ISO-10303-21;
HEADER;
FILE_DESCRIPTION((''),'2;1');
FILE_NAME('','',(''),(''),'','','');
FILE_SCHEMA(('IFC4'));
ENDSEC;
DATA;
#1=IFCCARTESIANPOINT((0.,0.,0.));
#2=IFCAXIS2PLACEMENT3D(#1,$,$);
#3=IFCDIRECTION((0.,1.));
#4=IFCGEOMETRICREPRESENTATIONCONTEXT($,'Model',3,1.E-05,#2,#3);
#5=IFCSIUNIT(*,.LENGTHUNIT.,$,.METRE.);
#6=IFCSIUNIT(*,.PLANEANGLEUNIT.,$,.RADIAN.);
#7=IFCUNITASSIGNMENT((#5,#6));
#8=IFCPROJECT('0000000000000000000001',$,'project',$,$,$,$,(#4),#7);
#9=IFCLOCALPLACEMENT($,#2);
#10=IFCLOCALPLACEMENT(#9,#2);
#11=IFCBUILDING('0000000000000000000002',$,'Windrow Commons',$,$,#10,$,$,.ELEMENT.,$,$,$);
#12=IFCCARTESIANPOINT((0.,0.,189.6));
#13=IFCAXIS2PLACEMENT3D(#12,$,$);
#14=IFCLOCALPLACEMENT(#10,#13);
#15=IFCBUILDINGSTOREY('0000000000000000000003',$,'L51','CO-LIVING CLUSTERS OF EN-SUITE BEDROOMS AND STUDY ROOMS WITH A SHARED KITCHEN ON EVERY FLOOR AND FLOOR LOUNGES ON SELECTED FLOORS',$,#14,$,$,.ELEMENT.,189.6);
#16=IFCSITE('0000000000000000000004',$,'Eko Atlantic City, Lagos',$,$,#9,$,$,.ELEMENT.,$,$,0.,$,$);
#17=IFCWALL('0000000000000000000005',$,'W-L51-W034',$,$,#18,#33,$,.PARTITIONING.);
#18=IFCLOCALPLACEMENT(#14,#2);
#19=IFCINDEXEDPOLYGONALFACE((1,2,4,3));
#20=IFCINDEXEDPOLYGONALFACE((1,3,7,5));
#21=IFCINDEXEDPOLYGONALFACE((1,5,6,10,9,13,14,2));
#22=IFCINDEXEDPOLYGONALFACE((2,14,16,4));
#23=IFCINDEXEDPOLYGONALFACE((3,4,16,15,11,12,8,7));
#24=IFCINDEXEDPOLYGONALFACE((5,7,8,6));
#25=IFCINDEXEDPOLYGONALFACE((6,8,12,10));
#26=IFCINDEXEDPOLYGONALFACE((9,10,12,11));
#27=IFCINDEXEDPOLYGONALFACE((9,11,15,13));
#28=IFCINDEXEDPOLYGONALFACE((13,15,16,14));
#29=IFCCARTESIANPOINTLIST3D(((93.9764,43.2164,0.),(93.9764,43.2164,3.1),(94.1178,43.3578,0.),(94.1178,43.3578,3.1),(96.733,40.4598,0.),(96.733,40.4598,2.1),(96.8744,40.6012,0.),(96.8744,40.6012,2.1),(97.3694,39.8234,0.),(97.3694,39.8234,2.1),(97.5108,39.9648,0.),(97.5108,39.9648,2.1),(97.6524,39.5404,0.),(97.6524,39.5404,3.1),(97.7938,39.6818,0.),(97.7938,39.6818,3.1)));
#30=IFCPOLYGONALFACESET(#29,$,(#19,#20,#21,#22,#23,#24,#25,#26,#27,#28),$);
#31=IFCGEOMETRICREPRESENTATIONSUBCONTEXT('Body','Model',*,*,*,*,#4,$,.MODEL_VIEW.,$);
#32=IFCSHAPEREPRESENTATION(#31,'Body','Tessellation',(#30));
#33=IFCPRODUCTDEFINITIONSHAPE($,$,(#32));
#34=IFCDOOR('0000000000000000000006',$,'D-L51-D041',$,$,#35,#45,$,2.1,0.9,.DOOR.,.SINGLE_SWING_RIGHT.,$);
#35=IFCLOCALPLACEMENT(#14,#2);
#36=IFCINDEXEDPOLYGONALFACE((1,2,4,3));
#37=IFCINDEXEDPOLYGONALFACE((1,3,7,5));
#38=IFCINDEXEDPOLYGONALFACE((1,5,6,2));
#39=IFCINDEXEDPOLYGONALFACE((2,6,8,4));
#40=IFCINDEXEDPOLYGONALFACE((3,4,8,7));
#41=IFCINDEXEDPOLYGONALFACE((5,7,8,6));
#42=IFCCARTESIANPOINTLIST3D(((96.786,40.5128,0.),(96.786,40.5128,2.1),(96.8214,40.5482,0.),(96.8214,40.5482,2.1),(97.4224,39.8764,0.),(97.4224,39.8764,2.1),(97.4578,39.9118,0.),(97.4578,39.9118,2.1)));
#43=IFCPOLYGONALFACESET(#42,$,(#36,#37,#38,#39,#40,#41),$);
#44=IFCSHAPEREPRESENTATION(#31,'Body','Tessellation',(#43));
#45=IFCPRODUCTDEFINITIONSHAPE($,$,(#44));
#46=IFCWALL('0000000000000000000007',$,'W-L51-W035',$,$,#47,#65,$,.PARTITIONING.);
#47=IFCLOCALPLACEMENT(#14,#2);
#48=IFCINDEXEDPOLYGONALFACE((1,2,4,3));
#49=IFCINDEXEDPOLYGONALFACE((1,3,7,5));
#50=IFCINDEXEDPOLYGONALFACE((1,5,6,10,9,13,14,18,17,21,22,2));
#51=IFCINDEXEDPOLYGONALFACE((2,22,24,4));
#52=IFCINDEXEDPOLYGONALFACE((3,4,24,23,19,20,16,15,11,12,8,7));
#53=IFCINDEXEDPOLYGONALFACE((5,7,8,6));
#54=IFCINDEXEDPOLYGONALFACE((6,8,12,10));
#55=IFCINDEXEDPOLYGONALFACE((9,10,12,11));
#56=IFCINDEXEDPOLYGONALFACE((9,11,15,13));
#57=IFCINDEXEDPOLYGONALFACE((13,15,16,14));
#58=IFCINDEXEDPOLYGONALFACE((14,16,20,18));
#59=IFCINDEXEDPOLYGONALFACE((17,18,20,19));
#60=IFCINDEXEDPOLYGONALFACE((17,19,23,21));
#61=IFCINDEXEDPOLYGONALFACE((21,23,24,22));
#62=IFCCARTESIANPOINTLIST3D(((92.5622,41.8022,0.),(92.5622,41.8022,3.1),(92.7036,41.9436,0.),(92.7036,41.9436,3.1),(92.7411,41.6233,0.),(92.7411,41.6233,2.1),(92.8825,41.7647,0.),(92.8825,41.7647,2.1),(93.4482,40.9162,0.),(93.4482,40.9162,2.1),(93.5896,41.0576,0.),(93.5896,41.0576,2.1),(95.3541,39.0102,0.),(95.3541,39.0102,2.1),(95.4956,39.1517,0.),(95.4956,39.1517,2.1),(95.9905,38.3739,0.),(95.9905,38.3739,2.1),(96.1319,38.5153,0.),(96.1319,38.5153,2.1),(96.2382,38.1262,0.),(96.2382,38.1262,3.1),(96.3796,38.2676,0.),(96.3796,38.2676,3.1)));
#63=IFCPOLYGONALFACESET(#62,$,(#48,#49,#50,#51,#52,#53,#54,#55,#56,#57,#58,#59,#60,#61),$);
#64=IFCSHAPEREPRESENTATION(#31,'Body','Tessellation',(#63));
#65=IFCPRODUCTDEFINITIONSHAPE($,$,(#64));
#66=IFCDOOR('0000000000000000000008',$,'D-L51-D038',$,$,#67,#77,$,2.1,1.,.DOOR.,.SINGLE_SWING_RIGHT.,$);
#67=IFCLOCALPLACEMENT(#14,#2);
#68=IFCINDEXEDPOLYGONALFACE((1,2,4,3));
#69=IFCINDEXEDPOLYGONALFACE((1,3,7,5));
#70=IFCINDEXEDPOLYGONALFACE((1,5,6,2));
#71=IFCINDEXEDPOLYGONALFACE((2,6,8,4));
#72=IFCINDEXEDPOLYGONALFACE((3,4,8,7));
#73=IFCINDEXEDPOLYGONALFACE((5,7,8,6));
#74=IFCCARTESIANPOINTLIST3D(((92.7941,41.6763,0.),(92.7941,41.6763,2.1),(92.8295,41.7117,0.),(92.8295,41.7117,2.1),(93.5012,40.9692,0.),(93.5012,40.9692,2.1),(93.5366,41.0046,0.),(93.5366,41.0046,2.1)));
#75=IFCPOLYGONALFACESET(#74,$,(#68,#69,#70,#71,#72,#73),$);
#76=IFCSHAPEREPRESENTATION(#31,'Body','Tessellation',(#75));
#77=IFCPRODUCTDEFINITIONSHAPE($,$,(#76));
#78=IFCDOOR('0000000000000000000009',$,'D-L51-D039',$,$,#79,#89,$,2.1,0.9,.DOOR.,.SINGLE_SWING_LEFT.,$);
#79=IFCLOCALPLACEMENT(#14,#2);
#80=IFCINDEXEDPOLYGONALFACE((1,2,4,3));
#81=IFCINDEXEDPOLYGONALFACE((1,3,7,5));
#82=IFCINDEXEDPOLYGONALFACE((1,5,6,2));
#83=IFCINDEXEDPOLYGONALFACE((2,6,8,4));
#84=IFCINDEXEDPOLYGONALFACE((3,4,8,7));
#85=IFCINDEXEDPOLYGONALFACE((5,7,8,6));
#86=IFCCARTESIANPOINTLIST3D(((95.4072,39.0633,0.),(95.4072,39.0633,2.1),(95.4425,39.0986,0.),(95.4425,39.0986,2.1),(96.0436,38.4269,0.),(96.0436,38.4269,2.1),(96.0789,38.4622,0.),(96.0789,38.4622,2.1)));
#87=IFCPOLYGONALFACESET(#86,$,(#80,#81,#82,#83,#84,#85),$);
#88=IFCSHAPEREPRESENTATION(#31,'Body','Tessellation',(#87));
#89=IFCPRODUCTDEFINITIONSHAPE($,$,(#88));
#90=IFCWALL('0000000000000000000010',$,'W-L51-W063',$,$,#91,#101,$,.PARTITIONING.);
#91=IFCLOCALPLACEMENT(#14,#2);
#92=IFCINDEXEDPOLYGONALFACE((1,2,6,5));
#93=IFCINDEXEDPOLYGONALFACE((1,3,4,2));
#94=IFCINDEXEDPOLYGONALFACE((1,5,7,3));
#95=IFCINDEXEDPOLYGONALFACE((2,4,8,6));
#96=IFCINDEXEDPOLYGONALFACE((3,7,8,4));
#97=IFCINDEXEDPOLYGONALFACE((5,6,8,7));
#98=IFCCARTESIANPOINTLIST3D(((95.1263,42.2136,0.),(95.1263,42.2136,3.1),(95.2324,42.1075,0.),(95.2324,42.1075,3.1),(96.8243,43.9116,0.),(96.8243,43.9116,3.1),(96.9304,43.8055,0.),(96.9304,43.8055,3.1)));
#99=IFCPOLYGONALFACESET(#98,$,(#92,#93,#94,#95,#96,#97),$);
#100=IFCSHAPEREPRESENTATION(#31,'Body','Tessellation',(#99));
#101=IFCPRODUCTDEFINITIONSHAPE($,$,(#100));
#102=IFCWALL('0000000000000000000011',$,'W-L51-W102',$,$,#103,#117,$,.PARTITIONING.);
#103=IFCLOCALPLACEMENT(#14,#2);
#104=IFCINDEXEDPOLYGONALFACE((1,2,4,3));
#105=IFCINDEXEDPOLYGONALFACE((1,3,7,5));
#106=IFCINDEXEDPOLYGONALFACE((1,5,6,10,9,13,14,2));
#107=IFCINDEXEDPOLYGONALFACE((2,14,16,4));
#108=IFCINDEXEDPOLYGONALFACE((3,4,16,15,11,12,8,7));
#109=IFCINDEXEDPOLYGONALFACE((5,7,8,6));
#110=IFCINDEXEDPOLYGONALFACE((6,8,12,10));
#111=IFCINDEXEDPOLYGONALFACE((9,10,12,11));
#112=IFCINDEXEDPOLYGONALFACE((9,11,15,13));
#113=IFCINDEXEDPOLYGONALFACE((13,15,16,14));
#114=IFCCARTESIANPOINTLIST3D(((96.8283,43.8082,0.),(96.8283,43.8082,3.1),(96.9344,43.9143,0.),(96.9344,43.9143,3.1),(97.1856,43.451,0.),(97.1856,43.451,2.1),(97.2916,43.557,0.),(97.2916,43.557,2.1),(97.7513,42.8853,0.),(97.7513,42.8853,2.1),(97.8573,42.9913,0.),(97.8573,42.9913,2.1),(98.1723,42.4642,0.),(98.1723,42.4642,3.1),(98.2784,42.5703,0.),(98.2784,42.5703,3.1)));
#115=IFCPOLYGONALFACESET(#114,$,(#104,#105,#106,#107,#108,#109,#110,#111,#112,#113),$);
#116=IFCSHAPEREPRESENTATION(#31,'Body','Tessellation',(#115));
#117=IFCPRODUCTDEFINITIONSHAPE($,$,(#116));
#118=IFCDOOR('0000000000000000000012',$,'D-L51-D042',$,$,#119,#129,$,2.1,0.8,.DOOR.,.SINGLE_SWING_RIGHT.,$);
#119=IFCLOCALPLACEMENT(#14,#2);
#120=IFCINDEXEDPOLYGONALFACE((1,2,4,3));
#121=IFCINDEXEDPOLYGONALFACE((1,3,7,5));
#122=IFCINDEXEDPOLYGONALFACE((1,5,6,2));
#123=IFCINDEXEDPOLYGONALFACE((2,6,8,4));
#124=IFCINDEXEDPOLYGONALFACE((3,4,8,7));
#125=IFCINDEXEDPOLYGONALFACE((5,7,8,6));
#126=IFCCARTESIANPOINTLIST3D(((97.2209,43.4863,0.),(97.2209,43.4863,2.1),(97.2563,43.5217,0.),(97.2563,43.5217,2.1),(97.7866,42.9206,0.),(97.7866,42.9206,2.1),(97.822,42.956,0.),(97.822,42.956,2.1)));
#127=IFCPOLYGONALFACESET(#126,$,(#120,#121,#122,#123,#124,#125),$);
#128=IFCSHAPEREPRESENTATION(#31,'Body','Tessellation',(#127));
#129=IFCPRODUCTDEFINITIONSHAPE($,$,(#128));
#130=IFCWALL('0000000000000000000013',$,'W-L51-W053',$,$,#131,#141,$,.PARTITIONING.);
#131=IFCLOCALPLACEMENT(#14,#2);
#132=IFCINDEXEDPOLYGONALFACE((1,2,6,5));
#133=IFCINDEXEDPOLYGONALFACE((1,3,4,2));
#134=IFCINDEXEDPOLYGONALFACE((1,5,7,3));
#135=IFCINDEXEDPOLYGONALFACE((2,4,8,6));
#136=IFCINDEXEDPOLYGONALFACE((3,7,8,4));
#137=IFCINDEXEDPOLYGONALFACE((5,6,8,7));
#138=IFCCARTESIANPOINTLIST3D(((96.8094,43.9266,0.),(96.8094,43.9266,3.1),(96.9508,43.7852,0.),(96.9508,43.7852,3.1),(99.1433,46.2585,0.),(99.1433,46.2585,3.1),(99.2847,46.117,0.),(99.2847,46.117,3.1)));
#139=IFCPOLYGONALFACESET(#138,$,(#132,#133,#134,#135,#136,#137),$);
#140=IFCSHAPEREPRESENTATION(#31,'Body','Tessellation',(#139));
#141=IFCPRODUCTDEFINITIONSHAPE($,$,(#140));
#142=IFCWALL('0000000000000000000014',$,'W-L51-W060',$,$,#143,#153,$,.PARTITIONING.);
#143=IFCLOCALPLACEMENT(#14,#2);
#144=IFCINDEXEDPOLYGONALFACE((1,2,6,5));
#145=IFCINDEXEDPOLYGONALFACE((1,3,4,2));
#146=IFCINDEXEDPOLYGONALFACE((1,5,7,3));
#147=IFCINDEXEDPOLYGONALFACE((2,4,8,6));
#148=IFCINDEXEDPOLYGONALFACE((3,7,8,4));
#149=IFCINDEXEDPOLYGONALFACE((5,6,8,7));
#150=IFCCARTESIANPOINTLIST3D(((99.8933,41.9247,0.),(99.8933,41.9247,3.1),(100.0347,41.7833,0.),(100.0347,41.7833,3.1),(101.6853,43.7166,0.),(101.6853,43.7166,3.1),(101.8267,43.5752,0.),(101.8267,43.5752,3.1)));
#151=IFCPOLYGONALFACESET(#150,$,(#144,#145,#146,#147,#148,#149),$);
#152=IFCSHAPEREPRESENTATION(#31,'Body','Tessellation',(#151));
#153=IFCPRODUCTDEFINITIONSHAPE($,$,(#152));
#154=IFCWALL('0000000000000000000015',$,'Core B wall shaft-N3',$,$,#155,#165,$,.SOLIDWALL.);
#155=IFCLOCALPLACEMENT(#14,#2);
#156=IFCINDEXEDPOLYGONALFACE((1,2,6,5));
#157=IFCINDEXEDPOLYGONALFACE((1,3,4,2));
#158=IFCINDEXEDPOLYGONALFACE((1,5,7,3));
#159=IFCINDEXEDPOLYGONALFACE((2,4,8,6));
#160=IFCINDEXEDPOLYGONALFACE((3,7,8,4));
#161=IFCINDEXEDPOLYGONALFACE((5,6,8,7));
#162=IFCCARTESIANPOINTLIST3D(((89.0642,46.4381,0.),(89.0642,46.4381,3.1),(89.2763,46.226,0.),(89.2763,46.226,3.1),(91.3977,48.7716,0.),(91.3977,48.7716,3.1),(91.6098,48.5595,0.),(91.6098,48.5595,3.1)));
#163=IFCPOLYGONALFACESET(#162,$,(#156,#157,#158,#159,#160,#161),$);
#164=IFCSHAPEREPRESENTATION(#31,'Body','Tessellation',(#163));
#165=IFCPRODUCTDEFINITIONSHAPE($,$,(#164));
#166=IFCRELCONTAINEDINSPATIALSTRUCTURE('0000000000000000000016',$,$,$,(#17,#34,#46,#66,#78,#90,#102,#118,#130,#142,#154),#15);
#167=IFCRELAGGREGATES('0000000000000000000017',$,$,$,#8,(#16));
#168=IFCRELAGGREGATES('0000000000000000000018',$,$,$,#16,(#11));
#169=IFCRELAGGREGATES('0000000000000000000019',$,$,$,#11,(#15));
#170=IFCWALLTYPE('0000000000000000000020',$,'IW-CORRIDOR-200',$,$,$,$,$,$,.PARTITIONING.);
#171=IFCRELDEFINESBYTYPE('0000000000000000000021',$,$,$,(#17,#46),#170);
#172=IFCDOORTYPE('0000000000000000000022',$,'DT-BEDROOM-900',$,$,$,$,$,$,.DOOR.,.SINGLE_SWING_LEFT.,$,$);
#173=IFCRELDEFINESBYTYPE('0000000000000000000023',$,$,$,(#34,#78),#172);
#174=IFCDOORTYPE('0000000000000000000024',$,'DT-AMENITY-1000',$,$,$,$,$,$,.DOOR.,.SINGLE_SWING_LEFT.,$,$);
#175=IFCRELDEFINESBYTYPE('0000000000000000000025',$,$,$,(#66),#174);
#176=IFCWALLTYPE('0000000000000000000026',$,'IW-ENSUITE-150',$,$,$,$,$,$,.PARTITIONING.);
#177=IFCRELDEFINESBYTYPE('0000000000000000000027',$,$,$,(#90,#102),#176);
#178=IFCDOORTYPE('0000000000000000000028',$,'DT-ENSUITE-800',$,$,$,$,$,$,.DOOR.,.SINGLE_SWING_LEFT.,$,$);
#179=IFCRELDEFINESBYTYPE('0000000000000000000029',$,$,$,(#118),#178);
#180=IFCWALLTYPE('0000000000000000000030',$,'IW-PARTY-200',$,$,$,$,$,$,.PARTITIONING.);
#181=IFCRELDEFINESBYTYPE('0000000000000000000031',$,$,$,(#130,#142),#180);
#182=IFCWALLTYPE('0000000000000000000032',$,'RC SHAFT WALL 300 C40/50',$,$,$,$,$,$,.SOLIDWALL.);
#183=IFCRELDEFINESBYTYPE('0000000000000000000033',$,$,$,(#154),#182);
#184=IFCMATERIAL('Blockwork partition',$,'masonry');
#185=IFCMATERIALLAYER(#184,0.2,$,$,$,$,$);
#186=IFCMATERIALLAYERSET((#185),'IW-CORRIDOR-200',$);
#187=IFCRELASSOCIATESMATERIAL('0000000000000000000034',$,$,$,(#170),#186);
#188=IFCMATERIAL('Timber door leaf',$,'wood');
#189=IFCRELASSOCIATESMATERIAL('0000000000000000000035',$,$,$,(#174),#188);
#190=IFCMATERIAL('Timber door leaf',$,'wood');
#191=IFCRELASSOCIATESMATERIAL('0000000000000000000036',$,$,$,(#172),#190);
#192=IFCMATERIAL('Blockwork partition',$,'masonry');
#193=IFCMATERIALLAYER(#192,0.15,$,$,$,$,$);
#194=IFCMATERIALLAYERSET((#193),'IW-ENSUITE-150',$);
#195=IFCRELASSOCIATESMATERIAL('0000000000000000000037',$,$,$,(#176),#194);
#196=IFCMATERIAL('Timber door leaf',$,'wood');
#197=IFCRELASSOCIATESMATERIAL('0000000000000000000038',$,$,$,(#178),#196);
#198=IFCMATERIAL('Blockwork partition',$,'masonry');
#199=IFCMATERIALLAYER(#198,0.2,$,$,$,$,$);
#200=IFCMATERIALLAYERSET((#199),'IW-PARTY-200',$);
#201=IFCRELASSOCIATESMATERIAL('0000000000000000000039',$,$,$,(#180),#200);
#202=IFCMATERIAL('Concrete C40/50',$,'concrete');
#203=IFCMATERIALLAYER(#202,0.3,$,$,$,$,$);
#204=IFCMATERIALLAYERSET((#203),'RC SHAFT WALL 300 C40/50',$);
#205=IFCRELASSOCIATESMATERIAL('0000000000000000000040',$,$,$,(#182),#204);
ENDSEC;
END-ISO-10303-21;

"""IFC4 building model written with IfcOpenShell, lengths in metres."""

from ifc_helpers import new_model, si_unit, direction, frame, frame_2d, origin, place, context, subcontext, project, spatial, rectangle, extrude, material, layer, layer_set, type_object, element, fill, save


model = new_model("IFC4")

# Units and contexts
model_context = context("Model", 3, precision=1e-05, world=origin(), true_north=direction((0.0, 1.0)))
body_context = subcontext(model_context, "Body", "Model", "MODEL_VIEW")
ifc_project = project(units=[si_unit("LENGTHUNIT", "METRE"), si_unit("PLANEANGLEUNIT", "RADIAN")], contexts=[model_context])

# Site, building, storey
site_placement = place(None, origin())
site = spatial("IfcSite", under=ifc_project, at=site_placement, Name="Eko Atlantic City, Lagos", CompositionType="ELEMENT", RefElevation=0.0)
building_placement = place(site_placement, origin())
building = spatial("IfcBuilding", under=site, at=building_placement, Name="Windrow Commons", CompositionType="ELEMENT")
storey_placement = place(building_placement, frame((0.0, 0.0, 189.6)))
storey = spatial("IfcBuildingStorey", under=building, at=storey_placement, Name="L51", Description="CO-LIVING CLUSTERS OF EN-SUITE BEDROOMS AND STUDY ROOMS WITH A SHARED KITCHEN ON EVERY FLOOR AND FLOOR LOUNGES ON SELECTED FLOORS", CompositionType="ELEMENT", Elevation=189.6)

# Wall, opening, door
ifc_material_1 = material(Name="Blockwork partition", Category="masonry")
ifc_layer_1 = layer(ifc_material_1, 0.2)
ifc_layer_set_1 = layer_set([ifc_layer_1], Name="IW-CORRIDOR-200")
wall_type_1 = type_object("IfcWallType", Name="IW-CORRIDOR-200", PredefinedType="PARTITIONING", material=ifc_layer_set_1)
ifc_material_2 = material(Name="Timber door leaf", Category="wood")
door_type_1 = type_object("IfcDoorType", Name="DT-AMENITY-1000", OperationType="SINGLE_SWING_LEFT", PredefinedType="DOOR", material=ifc_material_2)
wall_1_placement = place(storey_placement, frame((94.0471, 43.2871, 0.0), z_axis=(0.0, 0.0, 1.0), x_axis=(0.707107, -0.707107, 0.0)))
wall_1 = element("IfcWall", 1, at=wall_1_placement, inside=storey, type_object=wall_type_1, Name="W-L51-W034", PredefinedType="PARTITIONING", context=body_context, shape_type="SweptSolid", body=[
    extrude(rectangle(XDim=5.1986, YDim=0.2, at=frame_2d((2.5993, 0.0))), origin(), (0.0, 0.0, 1.0), 3.1),
])
opening_1_placement = place(wall_1_placement, frame((3.8984, 0.0, 0.0)))
opening_1 = element("IfcOpeningElement", 2, at=opening_1_placement, cuts=wall_1, PredefinedType="OPENING", context=body_context, shape_type="SweptSolid", body=[
    extrude(rectangle(XDim=0.9, YDim=2.1, at=frame_2d((0.45, 1.05))), frame((0.0, 0.11, 0.0), z_axis=(0.0, -1.0, 0.0), x_axis=(1.0, 0.0, 0.0)), (0.0, 0.0, 1.0), 0.22),
])
ifc_material_3 = material(Name="Timber door leaf", Category="wood")
door_type_2 = type_object("IfcDoorType", Name="DT-BEDROOM-900", OperationType="SINGLE_SWING_LEFT", PredefinedType="DOOR", material=ifc_material_3)
door_1_placement = place(opening_1_placement, origin())
door_1 = element("IfcDoor", 3, at=door_1_placement, inside=storey, type_object=door_type_2, Name="D-L51-D041", OperationType="SINGLE_SWING_RIGHT", OverallHeight=2.1, OverallWidth=0.9, PredefinedType="DOOR", context=body_context, shape_type="SweptSolid", body=[
    extrude(rectangle(XDim=0.9, YDim=2.1, at=frame_2d((0.45, 1.05))), frame((0.0, 0.025, 0.0), z_axis=(0.0, -1.0, 0.0), x_axis=(1.0, 0.0, 0.0)), (0.0, 0.0, 1.0), 0.05),
])
fill(opening_1, door_1)

# Wall, openings, doors
wall_2_placement = place(storey_placement, frame((92.6329, 41.8729, 0.0), z_axis=(0.0, 0.0, 1.0), x_axis=(0.707107, -0.707107, 0.0)))
wall_2 = element("IfcWall", 4, at=wall_2_placement, inside=storey, type_object=wall_type_1, Name="W-L51-W035", PredefinedType="PARTITIONING", context=body_context, shape_type="SweptSolid", body=[
    extrude(rectangle(XDim=5.1986, YDim=0.2, at=frame_2d((2.5993, 0.0))), origin(), (0.0, 0.0, 1.0), 3.1),
])
opening_2_placement = place(wall_2_placement, frame((0.253, 0.0, 0.0)))
opening_2 = element("IfcOpeningElement", 5, at=opening_2_placement, cuts=wall_2, PredefinedType="OPENING", context=body_context, shape_type="SweptSolid", body=[
    extrude(rectangle(XDim=1.0, YDim=2.1, at=frame_2d((0.5, 1.05))), frame((0.0, 0.11, 0.0), z_axis=(0.0, -1.0, 0.0), x_axis=(1.0, 0.0, 0.0)), (0.0, 0.0, 1.0), 0.22),
])
opening_3_placement = place(wall_2_placement, frame((3.9484, 0.0, 0.0)))
opening_3 = element("IfcOpeningElement", 6, at=opening_3_placement, cuts=wall_2, PredefinedType="OPENING", context=body_context, shape_type="SweptSolid", body=[
    extrude(rectangle(XDim=0.9, YDim=2.1, at=frame_2d((0.45, 1.05))), frame((0.0, 0.11, 0.0), z_axis=(0.0, -1.0, 0.0), x_axis=(1.0, 0.0, 0.0)), (0.0, 0.0, 1.0), 0.22),
])
door_2_placement = place(opening_2_placement, origin())
door_2 = element("IfcDoor", 7, at=door_2_placement, inside=storey, type_object=door_type_1, Name="D-L51-D038", OperationType="SINGLE_SWING_RIGHT", OverallHeight=2.1, OverallWidth=1.0, PredefinedType="DOOR", context=body_context, shape_type="SweptSolid", body=[
    extrude(rectangle(XDim=1.0, YDim=2.1, at=frame_2d((0.5, 1.05))), frame((0.0, 0.025, 0.0), z_axis=(0.0, -1.0, 0.0), x_axis=(1.0, 0.0, 0.0)), (0.0, 0.0, 1.0), 0.05),
])
fill(opening_2, door_2)
door_3_placement = place(opening_3_placement, origin())
door_3 = element("IfcDoor", 8, at=door_3_placement, inside=storey, type_object=door_type_2, Name="D-L51-D039", OperationType="SINGLE_SWING_LEFT", OverallHeight=2.1, OverallWidth=0.9, PredefinedType="DOOR", context=body_context, shape_type="SweptSolid", body=[
    extrude(rectangle(XDim=0.9, YDim=2.1, at=frame_2d((0.45, 1.05))), frame((0.0, 0.025, 0.0), z_axis=(0.0, -1.0, 0.0), x_axis=(1.0, 0.0, 0.0)), (0.0, 0.0, 1.0), 0.05),
])
fill(opening_3, door_3)

# Wall
ifc_material_4 = material(Name="Blockwork partition", Category="masonry")
ifc_layer_2 = layer(ifc_material_4, 0.15)
ifc_layer_set_2 = layer_set([ifc_layer_2], Name="IW-ENSUITE-150")
wall_type_2 = type_object("IfcWallType", Name="IW-ENSUITE-150", PredefinedType="PARTITIONING", material=ifc_layer_set_2)
wall_3_placement = place(storey_placement, frame((95.1794, 42.1606, 0.0), z_axis=(0.0, 0.0, 1.0), x_axis=(0.707107, 0.707107, 0.0)))
element("IfcWall", 9, at=wall_3_placement, inside=storey, type_object=wall_type_2, Name="W-L51-W063", PredefinedType="PARTITIONING", context=body_context, shape_type="SweptSolid", body=[
    extrude(rectangle(XDim=2.4013, YDim=0.15, at=frame_2d((1.2006, 0.0))), origin(), (0.0, 0.0, 1.0), 3.1),
])

# Wall, opening, door
wall_4_placement = place(storey_placement, frame((96.8813, 43.8613, 0.0), z_axis=(0.0, 0.0, 1.0), x_axis=(0.707107, -0.707107, 0.0)))
wall_4 = element("IfcWall", 10, at=wall_4_placement, inside=storey, type_object=wall_type_2, Name="W-L51-W102", PredefinedType="PARTITIONING", context=body_context, shape_type="SweptSolid", body=[
    extrude(rectangle(XDim=1.9007, YDim=0.15, at=frame_2d((0.9504, 0.0))), origin(), (0.0, 0.0, 1.0), 3.1),
])
opening_4_placement = place(wall_4_placement, frame((0.5053, 0.0, 0.0)))
opening_4 = element("IfcOpeningElement", 11, at=opening_4_placement, cuts=wall_4, PredefinedType="OPENING", context=body_context, shape_type="SweptSolid", body=[
    extrude(rectangle(XDim=0.8, YDim=2.1, at=frame_2d((0.4, 1.05))), frame((0.0, 0.085, 0.0), z_axis=(0.0, -1.0, 0.0), x_axis=(1.0, 0.0, 0.0)), (0.0, 0.0, 1.0), 0.17),
])
ifc_material_5 = material(Name="Timber door leaf", Category="wood")
door_type_3 = type_object("IfcDoorType", Name="DT-ENSUITE-800", OperationType="SINGLE_SWING_LEFT", PredefinedType="DOOR", material=ifc_material_5)
door_4_placement = place(opening_4_placement, origin())
door_4 = element("IfcDoor", 12, at=door_4_placement, inside=storey, type_object=door_type_3, Name="D-L51-D042", OperationType="SINGLE_SWING_RIGHT", OverallHeight=2.1, OverallWidth=0.8, PredefinedType="DOOR", context=body_context, shape_type="SweptSolid", body=[
    extrude(rectangle(XDim=0.8, YDim=2.1, at=frame_2d((0.4, 1.05))), frame((0.0, 0.025, 0.0), z_axis=(0.0, -1.0, 0.0), x_axis=(1.0, 0.0, 0.0)), (0.0, 0.0, 1.0), 0.05),
])
fill(opening_4, door_4)

# Walls
ifc_material_6 = material(Name="Blockwork partition", Category="masonry")
ifc_layer_3 = layer(ifc_material_6, 0.2)
ifc_layer_set_3 = layer_set([ifc_layer_3], Name="IW-PARTY-200")
wall_type_3 = type_object("IfcWallType", Name="IW-PARTY-200", PredefinedType="PARTITIONING", material=ifc_layer_set_3)
wall_5_placement = place(storey_placement, frame((96.8801, 43.8559, 0.0), z_axis=(0.0, 0.0, 1.0), x_axis=(0.70741, 0.706804, 0.0)))
element("IfcWall", 13, at=wall_5_placement, inside=storey, type_object=wall_type_3, Name="W-L51-W053", PredefinedType="PARTITIONING", context=body_context, shape_type="SweptSolid", body=[
    extrude(rectangle(XDim=3.2992, YDim=0.2, at=frame_2d((1.6496, 0.0))), origin(), (0.0, 0.0, 1.0), 3.1),
])
wall_6_placement = place(storey_placement, frame((99.964, 41.854, 0.0), z_axis=(0.0, 0.0, 1.0), x_axis=(0.707127, 0.707087, 0.0)))
element("IfcWall", 14, at=wall_6_placement, inside=storey, type_object=wall_type_3, Name="W-L51-W060", PredefinedType="PARTITIONING", context=body_context, shape_type="SweptSolid", body=[
    extrude(rectangle(XDim=2.5341, YDim=0.2, at=frame_2d((1.2671, 0.0))), origin(), (0.0, 0.0, 1.0), 3.1),
])
ifc_material_7 = material(Name="Concrete C40/50", Category="concrete")
ifc_layer_4 = layer(ifc_material_7, 0.3)
ifc_layer_set_4 = layer_set([ifc_layer_4], Name="RC SHAFT WALL 300 C40/50")
wall_type_4 = type_object("IfcWallType", Name="RC SHAFT WALL 300 C40/50", PredefinedType="SOLIDWALL", material=ifc_layer_set_4)
wall_7_placement = place(storey_placement, frame((89.1702, 46.332, 0.0), z_axis=(0.0, 0.0, 1.0), x_axis=(0.707107, 0.707107, 0.0)))
element("IfcWall", 15, at=wall_7_placement, inside=storey, type_object=wall_type_4, Name="Core B wall shaft-N3", PredefinedType="SOLIDWALL", context=body_context, shape_type="SweptSolid", body=[
    extrude(rectangle(XDim=3.3001, YDim=0.3, at=frame_2d((1.6501, 0.0))), origin(), (0.0, 0.0, 1.0), 3.1),
])

save(model, "model.ifc")
